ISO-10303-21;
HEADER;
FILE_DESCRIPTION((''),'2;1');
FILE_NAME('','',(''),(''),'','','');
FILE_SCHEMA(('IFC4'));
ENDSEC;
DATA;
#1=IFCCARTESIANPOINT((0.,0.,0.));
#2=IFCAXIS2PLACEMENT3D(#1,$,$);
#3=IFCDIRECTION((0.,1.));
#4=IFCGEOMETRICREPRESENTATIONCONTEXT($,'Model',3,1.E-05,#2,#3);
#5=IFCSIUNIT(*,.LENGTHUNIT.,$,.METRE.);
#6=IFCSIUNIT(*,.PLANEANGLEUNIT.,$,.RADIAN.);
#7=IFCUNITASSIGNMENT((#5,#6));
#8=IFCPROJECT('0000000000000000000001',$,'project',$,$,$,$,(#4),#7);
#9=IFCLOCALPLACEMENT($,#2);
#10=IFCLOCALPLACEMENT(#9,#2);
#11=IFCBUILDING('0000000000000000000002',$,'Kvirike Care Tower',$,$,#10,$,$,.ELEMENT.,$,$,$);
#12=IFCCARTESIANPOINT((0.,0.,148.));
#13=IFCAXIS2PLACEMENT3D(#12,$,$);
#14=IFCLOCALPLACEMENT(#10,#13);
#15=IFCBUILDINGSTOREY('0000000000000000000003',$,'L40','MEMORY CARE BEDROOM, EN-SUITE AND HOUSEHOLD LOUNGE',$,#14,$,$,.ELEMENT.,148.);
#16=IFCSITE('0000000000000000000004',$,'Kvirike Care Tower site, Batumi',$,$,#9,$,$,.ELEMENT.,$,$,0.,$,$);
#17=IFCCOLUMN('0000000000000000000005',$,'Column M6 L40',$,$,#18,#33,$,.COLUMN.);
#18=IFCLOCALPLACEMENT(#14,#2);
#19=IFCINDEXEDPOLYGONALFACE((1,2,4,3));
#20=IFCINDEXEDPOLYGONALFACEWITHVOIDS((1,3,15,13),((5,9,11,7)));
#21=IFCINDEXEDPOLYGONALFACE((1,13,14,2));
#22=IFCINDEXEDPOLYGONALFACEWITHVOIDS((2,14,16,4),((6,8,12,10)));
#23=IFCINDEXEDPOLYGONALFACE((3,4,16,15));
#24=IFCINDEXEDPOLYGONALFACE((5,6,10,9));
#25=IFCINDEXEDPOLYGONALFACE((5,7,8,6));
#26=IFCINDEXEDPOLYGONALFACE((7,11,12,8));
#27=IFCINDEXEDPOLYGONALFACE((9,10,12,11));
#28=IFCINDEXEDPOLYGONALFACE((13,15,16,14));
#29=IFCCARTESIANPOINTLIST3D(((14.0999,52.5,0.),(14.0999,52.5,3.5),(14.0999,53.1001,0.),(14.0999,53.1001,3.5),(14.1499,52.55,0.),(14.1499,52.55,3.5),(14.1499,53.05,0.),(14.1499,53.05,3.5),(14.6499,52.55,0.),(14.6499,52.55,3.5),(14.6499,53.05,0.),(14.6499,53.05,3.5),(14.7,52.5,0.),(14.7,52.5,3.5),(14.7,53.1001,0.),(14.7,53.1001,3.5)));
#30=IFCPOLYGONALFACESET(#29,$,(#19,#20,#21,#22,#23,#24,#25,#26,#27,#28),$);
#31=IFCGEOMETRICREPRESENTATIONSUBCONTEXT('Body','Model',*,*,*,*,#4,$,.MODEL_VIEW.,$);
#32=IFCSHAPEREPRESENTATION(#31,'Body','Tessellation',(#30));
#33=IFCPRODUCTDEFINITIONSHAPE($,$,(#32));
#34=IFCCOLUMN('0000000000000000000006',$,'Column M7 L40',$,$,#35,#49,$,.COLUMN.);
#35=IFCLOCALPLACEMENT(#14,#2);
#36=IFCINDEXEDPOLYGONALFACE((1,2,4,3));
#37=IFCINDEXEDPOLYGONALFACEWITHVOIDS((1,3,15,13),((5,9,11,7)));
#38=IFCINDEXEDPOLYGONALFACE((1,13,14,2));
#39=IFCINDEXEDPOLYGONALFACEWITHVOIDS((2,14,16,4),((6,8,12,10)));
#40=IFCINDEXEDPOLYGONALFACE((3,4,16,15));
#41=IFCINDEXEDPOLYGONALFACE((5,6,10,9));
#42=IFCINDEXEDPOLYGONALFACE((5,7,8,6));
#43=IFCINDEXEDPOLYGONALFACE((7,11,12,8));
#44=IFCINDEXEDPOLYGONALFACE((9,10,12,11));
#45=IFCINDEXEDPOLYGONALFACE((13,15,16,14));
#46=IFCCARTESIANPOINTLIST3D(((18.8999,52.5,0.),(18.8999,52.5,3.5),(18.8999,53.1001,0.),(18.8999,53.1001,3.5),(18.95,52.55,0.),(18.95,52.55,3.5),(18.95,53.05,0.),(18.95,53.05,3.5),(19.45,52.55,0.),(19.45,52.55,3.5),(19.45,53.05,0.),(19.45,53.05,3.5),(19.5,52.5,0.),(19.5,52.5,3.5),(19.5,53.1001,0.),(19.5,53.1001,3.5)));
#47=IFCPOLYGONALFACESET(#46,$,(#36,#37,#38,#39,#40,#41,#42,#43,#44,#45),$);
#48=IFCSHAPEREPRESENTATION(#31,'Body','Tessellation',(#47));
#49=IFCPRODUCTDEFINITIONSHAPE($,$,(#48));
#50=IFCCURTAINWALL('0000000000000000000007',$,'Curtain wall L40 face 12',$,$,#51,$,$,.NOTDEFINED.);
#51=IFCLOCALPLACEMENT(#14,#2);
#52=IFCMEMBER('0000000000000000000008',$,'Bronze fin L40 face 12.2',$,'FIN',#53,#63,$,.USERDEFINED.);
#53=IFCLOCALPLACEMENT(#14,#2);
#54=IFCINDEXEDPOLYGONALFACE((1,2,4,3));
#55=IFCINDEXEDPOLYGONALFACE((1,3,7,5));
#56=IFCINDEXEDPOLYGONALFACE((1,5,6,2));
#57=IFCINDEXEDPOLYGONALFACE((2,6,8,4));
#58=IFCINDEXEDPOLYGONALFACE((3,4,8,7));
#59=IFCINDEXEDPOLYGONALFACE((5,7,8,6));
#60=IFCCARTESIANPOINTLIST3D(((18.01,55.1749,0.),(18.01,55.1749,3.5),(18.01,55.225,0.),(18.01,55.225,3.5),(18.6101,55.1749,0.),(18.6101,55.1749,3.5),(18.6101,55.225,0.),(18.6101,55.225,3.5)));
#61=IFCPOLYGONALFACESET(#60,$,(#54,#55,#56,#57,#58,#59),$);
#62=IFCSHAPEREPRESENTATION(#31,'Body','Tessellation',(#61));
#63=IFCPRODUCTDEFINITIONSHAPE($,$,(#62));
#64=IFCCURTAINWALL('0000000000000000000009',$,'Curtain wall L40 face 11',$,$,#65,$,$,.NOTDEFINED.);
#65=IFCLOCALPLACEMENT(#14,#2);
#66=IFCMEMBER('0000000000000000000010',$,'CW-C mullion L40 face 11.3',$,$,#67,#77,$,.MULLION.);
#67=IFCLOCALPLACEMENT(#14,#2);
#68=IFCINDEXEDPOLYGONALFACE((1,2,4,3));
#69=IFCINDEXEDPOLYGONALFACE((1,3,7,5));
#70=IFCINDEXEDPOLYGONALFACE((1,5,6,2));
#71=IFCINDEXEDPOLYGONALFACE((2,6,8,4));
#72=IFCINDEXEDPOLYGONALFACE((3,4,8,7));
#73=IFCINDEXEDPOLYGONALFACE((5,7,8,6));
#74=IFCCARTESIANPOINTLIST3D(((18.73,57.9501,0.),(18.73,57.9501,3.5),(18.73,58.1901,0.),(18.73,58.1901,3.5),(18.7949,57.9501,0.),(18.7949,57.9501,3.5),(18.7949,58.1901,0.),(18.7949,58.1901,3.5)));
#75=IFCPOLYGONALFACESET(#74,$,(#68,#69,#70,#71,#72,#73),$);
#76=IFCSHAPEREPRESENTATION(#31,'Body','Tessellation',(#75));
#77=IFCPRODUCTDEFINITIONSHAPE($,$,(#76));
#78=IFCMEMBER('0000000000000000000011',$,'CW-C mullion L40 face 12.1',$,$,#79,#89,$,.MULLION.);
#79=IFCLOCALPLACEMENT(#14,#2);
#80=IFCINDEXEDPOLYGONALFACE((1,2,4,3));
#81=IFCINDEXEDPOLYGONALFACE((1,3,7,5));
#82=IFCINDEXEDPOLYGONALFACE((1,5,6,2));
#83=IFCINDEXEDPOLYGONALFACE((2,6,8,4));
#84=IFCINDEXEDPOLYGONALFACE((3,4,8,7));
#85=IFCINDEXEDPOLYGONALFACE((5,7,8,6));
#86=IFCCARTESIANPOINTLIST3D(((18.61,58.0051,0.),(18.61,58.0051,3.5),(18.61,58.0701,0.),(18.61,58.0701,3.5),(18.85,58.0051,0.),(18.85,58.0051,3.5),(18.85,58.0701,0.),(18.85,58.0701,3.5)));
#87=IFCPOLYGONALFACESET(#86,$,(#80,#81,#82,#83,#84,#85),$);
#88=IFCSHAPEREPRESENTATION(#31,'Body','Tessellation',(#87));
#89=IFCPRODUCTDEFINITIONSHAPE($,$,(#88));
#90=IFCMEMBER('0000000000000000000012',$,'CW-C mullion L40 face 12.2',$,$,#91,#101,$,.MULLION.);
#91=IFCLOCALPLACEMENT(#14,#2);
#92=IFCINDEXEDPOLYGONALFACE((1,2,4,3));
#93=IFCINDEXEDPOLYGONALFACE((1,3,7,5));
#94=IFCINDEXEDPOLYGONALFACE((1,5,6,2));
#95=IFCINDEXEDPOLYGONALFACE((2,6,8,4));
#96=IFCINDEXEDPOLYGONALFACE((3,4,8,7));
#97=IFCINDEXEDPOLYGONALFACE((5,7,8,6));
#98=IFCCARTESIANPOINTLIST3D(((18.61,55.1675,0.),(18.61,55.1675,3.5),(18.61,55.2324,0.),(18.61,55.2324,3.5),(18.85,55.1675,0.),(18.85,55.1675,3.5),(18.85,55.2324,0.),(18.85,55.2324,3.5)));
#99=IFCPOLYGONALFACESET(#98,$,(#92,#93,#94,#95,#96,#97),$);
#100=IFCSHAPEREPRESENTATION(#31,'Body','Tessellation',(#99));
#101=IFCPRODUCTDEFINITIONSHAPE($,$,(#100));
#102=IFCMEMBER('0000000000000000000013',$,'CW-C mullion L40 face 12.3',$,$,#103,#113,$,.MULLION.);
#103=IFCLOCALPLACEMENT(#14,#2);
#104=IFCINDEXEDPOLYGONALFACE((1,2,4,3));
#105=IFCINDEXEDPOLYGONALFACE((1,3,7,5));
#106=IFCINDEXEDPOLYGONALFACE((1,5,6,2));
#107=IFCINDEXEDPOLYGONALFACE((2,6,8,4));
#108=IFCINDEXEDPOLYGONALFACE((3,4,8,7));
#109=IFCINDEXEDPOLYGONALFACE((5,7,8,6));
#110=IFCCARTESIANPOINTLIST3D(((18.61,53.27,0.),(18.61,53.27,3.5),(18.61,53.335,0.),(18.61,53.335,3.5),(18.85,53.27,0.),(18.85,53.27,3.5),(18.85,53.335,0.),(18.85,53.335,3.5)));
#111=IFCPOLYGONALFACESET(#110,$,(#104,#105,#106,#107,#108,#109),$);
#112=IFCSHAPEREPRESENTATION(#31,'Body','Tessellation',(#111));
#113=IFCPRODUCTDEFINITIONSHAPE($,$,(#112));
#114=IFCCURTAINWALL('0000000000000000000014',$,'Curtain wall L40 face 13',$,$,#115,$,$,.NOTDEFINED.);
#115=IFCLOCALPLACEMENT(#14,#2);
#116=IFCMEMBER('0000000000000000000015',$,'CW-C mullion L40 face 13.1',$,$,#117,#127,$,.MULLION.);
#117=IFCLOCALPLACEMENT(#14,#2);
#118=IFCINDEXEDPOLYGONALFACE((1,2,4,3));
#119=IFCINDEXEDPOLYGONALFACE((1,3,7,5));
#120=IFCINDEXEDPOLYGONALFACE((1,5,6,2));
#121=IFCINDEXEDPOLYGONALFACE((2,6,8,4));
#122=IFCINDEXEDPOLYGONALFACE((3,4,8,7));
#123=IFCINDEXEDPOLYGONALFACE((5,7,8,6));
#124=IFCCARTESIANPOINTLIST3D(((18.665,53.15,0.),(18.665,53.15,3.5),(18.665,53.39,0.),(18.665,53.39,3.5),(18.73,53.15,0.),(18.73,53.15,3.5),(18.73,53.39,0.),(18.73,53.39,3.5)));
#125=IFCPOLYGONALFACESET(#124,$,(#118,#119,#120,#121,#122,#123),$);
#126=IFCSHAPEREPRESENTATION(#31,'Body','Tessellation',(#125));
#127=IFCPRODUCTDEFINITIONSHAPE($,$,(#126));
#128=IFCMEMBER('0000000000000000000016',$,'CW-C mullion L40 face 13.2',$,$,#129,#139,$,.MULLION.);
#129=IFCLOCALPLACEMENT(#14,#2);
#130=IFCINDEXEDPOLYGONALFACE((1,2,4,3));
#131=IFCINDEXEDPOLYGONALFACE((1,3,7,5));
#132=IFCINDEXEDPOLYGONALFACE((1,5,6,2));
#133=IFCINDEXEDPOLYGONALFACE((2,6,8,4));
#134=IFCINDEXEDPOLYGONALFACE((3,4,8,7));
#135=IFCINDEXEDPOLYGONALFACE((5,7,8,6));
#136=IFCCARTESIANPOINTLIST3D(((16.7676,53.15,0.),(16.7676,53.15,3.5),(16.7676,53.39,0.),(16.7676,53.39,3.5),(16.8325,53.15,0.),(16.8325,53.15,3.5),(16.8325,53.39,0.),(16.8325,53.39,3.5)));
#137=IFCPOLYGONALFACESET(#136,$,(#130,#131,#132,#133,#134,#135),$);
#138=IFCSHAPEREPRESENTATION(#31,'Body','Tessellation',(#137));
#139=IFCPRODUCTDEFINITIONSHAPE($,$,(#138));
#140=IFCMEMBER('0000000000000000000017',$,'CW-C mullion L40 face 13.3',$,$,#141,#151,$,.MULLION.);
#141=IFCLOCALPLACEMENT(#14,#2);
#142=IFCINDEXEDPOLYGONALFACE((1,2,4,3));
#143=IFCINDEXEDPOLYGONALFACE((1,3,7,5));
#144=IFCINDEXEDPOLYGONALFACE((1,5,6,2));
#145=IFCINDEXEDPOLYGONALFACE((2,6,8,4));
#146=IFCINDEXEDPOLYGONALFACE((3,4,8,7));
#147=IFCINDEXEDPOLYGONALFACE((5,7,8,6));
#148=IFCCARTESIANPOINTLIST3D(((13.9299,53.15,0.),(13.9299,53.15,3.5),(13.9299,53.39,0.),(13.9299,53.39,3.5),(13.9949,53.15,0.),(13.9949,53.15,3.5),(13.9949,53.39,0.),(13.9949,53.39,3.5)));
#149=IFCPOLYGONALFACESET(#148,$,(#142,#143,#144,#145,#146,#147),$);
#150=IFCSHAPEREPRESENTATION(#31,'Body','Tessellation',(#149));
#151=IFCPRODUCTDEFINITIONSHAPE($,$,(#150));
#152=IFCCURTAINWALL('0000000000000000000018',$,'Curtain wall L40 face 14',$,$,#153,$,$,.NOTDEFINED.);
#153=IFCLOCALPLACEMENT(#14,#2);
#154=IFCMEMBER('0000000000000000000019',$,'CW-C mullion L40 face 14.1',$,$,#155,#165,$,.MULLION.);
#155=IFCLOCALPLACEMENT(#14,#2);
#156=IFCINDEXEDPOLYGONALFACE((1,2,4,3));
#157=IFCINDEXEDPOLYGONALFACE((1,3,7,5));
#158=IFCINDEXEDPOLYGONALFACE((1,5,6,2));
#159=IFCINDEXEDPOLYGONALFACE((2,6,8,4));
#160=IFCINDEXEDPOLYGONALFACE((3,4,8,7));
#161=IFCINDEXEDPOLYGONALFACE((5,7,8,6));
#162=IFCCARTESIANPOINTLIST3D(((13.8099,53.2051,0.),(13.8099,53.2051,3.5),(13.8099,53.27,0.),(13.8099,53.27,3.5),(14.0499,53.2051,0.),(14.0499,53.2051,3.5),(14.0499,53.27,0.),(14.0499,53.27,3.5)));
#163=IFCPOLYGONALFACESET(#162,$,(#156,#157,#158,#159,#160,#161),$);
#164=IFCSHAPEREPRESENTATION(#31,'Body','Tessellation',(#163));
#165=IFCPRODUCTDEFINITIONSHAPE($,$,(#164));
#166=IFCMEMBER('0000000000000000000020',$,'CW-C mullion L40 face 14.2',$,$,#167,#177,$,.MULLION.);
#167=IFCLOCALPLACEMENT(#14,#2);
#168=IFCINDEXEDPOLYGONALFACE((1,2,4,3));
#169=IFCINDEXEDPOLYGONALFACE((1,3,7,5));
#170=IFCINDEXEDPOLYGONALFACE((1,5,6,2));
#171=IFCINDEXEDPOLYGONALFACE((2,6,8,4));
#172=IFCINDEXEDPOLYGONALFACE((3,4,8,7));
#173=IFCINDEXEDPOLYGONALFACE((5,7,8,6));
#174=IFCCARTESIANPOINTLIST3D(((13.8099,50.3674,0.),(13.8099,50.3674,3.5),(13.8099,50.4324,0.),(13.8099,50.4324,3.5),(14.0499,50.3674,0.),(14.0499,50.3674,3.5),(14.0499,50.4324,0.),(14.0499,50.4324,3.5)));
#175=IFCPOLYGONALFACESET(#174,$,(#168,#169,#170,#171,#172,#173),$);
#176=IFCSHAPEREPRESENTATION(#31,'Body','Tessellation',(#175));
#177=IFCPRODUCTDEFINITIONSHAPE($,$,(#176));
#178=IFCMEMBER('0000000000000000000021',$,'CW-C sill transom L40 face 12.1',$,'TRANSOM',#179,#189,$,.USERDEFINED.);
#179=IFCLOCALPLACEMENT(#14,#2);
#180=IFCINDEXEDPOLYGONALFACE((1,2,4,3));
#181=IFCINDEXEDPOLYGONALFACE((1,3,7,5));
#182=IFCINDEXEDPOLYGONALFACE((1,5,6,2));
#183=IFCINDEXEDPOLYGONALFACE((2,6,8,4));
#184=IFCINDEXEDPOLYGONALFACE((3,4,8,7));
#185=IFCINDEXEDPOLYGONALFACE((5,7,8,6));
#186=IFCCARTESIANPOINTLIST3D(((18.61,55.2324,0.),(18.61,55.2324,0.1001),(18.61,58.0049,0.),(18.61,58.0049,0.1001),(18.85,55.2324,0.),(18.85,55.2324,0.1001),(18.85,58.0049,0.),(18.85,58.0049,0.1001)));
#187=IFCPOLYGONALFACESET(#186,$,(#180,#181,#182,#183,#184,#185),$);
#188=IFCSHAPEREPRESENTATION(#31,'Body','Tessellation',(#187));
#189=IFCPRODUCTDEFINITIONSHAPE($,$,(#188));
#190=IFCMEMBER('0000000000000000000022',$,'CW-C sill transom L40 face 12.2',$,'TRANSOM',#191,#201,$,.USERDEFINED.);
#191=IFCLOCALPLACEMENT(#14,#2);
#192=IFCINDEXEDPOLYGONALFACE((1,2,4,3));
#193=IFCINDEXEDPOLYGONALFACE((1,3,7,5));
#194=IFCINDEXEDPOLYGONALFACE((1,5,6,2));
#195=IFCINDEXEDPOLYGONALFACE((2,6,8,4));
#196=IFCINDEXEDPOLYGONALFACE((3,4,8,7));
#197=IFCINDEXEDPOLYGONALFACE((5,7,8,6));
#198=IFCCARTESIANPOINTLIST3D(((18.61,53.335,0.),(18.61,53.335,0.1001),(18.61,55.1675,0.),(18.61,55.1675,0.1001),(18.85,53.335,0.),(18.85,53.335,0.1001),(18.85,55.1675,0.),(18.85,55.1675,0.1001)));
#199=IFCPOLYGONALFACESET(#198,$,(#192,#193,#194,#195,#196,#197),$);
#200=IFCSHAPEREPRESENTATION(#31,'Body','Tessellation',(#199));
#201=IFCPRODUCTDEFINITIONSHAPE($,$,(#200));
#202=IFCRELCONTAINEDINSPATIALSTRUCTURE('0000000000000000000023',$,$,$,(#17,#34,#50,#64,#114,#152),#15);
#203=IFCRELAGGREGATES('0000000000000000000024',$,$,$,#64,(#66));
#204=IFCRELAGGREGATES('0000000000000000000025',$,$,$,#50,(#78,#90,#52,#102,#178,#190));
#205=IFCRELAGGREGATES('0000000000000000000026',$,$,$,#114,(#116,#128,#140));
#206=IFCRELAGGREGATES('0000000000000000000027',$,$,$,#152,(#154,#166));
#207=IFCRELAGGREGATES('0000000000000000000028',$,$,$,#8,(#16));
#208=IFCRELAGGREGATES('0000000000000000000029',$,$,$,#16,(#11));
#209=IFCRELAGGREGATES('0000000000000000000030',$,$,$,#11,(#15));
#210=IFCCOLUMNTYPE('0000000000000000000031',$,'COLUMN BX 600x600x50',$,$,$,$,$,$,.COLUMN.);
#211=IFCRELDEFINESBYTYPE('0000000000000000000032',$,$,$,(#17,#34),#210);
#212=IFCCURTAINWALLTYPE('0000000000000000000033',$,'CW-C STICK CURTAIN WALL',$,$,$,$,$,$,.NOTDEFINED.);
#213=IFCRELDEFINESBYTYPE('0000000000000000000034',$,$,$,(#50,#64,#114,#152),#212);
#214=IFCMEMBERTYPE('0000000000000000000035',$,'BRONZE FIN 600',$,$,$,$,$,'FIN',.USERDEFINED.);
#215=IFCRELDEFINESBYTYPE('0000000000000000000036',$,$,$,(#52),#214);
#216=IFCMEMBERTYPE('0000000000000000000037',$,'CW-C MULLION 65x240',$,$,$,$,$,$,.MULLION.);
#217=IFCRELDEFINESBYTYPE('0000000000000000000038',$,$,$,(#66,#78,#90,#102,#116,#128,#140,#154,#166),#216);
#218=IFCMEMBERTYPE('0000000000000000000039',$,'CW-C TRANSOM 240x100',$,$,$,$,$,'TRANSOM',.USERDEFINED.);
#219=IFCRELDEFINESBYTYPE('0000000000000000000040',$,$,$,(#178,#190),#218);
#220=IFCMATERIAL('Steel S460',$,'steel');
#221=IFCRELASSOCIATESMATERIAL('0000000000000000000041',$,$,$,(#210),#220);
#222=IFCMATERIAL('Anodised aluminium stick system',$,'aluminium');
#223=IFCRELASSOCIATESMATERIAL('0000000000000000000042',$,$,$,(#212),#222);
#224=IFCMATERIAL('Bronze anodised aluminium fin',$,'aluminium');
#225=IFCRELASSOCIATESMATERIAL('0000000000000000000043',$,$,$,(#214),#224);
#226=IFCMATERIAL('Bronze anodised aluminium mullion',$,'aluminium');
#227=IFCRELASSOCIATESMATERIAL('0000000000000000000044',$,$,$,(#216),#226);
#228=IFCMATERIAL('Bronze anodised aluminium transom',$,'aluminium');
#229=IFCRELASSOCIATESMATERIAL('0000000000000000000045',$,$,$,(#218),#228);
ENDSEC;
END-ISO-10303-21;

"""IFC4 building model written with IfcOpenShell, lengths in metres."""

from ifc_helpers import new_model, si_unit, direction, frame, origin, origin_2d, place, context, subcontext, project, spatial, rectangle, hollow_rectangle, extrude, material, material_profile, profile_set, type_object, element, aggregate, save


model = new_model("IFC4")

# Units and contexts
model_context = context("Model", 3, precision=1e-05, world=origin(), true_north=direction((0.0, 1.0)))
body_context = subcontext(model_context, "Body", "Model", "MODEL_VIEW")
ifc_project = project(units=[si_unit("LENGTHUNIT", "METRE"), si_unit("PLANEANGLEUNIT", "RADIAN")], contexts=[model_context])

# Site, building, storey
site_placement = place(None, origin())
site = spatial("IfcSite", under=ifc_project, at=site_placement, Name="Kvirike Care Tower site, Batumi", CompositionType="ELEMENT", RefElevation=0.0)
building_placement = place(site_placement, origin())
building = spatial("IfcBuilding", under=site, at=building_placement, Name="Kvirike Care Tower", CompositionType="ELEMENT")
storey_placement = place(building_placement, frame((0.0, 0.0, 148.0)))
storey = spatial("IfcBuildingStorey", under=building, at=storey_placement, Name="L40", Description="MEMORY CARE BEDROOM, EN-SUITE AND HOUSEHOLD LOUNGE", CompositionType="ELEMENT", Elevation=148.0)

# Columns
ifc_material_1 = material(Name="Steel S460", Category="steel")
ifc_material_profile_1 = material_profile(ifc_material_1, hollow_rectangle(XDim=0.6001, YDim=0.6001, WallThickness=0.05, at=origin_2d()), Name="BX 600x600x50")
ifc_profile_set_1 = profile_set([ifc_material_profile_1], Name="Steel S460")
column_type = type_object("IfcColumnType", Name="COLUMN BX 600x600x50", PredefinedType="COLUMN", material=ifc_profile_set_1)
for number, where, z_axis, x_axis, name in (
    (1, (14.3999, 52.8, 0.0), (0.0, 0.0, 1.0), (0.0, 1.0, 0.0), "Column M6 L40"),
    (2, (19.2, 52.8, 0.0), (0.0, 0.0, 1.0), (0.0, 1.0, 0.0), "Column M7 L40"),
):
    element("IfcColumn", number, at=place(storey_placement, frame(where, z_axis=z_axis, x_axis=x_axis)), inside=storey, type_object=column_type, Name=name, PredefinedType="COLUMN", context=body_context, shape_type="SweptSolid", body=[
        extrude(hollow_rectangle(XDim=0.6001, YDim=0.6001, WallThickness=0.05, at=origin_2d()), origin(), (0.0, 0.0, 1.0), 3.5),
    ])

# Curtain walls, members
ifc_material_2 = material(Name="Anodised aluminium stick system", Category="aluminium")
curtain_wall_type = type_object("IfcCurtainWallType", Name="CW-C STICK CURTAIN WALL", PredefinedType="NOTDEFINED", material=ifc_material_2)
curtain_wall_1_placement = place(storey_placement, origin())
curtain_wall_1 = element("IfcCurtainWall", 3, at=curtain_wall_1_placement, inside=storey, type_object=curtain_wall_type, Name="Curtain wall L40 face 12", PredefinedType="NOTDEFINED")
ifc_material_3 = material(Name="Bronze anodised aluminium fin", Category="aluminium")
ifc_material_profile_2 = material_profile(ifc_material_3, rectangle(XDim=0.05, YDim=0.6001, at=origin_2d()), Name="BRONZE FIN 600")
ifc_profile_set_2 = profile_set([ifc_material_profile_2], Name="Bronze anodised aluminium fin")
member_type_1 = type_object("IfcMemberType", Name="BRONZE FIN 600", ElementType="FIN", PredefinedType="USERDEFINED", material=ifc_profile_set_2)
member_1_placement = place(storey_placement, frame((18.3101, 55.2, 0.0), z_axis=(0.0, 0.0, 1.0), x_axis=(0.0, -1.0, 0.0)))
member_1 = element("IfcMember", 4, at=member_1_placement, type_object=member_type_1, Name="Bronze fin L40 face 12.2", ObjectType="FIN", PredefinedType="USERDEFINED", context=body_context, shape_type="SweptSolid", body=[
    extrude(rectangle(XDim=0.05, YDim=0.6001, at=origin_2d()), origin(), (0.0, 0.0, 1.0), 3.5),
])
curtain_wall_2_placement = place(storey_placement, origin())
curtain_wall_2 = element("IfcCurtainWall", 5, at=curtain_wall_2_placement, inside=storey, type_object=curtain_wall_type, Name="Curtain wall L40 face 11", PredefinedType="NOTDEFINED")
ifc_material_4 = material(Name="Bronze anodised aluminium mullion", Category="aluminium")
ifc_material_profile_3 = material_profile(ifc_material_4, rectangle(XDim=0.0649, YDim=0.24, at=origin_2d()), Name="CW-C MULLION 65x240")
ifc_profile_set_3 = profile_set([ifc_material_profile_3], Name="Bronze anodised aluminium mullion")
member_type_2 = type_object("IfcMemberType", Name="CW-C MULLION 65x240", PredefinedType="MULLION", material=ifc_profile_set_3)
member_2_placement = place(storey_placement, frame((18.7625, 58.0701, 0.0), z_axis=(0.0, 0.0, 1.0), x_axis=(-1.0, 0.0, 0.0)))
member_2 = element("IfcMember", 6, at=member_2_placement, type_object=member_type_2, Name="CW-C mullion L40 face 11.3", PredefinedType="MULLION", context=body_context, shape_type="SweptSolid", body=[
    extrude(rectangle(XDim=0.0649, YDim=0.24, at=origin_2d()), origin(), (0.0, 0.0, 1.0), 3.5),
])
aggregate(curtain_wall_2, [member_2])

# Members
member_3_placement = place(storey_placement, frame((18.73, 58.0376, 0.0), z_axis=(0.0, 0.0, 1.0), x_axis=(0.0, -1.0, 0.0)))
member_3 = element("IfcMember", 7, at=member_3_placement, type_object=member_type_2, Name="CW-C mullion L40 face 12.1", PredefinedType="MULLION", context=body_context, shape_type="SweptSolid", body=[
    extrude(rectangle(XDim=0.0649, YDim=0.24, at=origin_2d()), origin(), (0.0, 0.0, 1.0), 3.5),
])
member_4_placement = place(storey_placement, frame((18.73, 55.2, 0.0), z_axis=(0.0, 0.0, 1.0), x_axis=(0.0, -1.0, 0.0)))
member_4 = element("IfcMember", 8, at=member_4_placement, type_object=member_type_2, Name="CW-C mullion L40 face 12.2", PredefinedType="MULLION", context=body_context, shape_type="SweptSolid", body=[
    extrude(rectangle(XDim=0.0649, YDim=0.24, at=origin_2d()), origin(), (0.0, 0.0, 1.0), 3.5),
])
member_5_placement = place(storey_placement, frame((18.73, 53.3025, 0.0), z_axis=(0.0, 0.0, 1.0), x_axis=(0.0, -1.0, 0.0)))
member_5 = element("IfcMember", 9, at=member_5_placement, type_object=member_type_2, Name="CW-C mullion L40 face 12.3", PredefinedType="MULLION", context=body_context, shape_type="SweptSolid", body=[
    extrude(rectangle(XDim=0.0649, YDim=0.24, at=origin_2d()), origin(), (0.0, 0.0, 1.0), 3.5),
])

# Curtain walls, members
curtain_wall_3_placement = place(storey_placement, origin())
curtain_wall_3 = element("IfcCurtainWall", 10, at=curtain_wall_3_placement, inside=storey, type_object=curtain_wall_type, Name="Curtain wall L40 face 13", PredefinedType="NOTDEFINED")
member_6_placement = place(storey_placement, frame((18.6975, 53.27, 0.0), z_axis=(0.0, 0.0, 1.0), x_axis=(-1.0, 0.0, 0.0)))
member_6 = element("IfcMember", 11, at=member_6_placement, type_object=member_type_2, Name="CW-C mullion L40 face 13.1", PredefinedType="MULLION", context=body_context, shape_type="SweptSolid", body=[
    extrude(rectangle(XDim=0.0649, YDim=0.24, at=origin_2d()), origin(), (0.0, 0.0, 1.0), 3.5),
])
member_7_placement = place(storey_placement, frame((16.8, 53.27, 0.0), z_axis=(0.0, 0.0, 1.0), x_axis=(-1.0, 0.0, 0.0)))
member_7 = element("IfcMember", 12, at=member_7_placement, type_object=member_type_2, Name="CW-C mullion L40 face 13.2", PredefinedType="MULLION", context=body_context, shape_type="SweptSolid", body=[
    extrude(rectangle(XDim=0.0649, YDim=0.24, at=origin_2d()), origin(), (0.0, 0.0, 1.0), 3.5),
])
member_8_placement = place(storey_placement, frame((13.9624, 53.27, 0.0), z_axis=(0.0, 0.0, 1.0), x_axis=(-1.0, 0.0, 0.0)))
member_8 = element("IfcMember", 13, at=member_8_placement, type_object=member_type_2, Name="CW-C mullion L40 face 13.3", PredefinedType="MULLION", context=body_context, shape_type="SweptSolid", body=[
    extrude(rectangle(XDim=0.0649, YDim=0.24, at=origin_2d()), origin(), (0.0, 0.0, 1.0), 3.5),
])
curtain_wall_4_placement = place(storey_placement, origin())
curtain_wall_4 = element("IfcCurtainWall", 14, at=curtain_wall_4_placement, inside=storey, type_object=curtain_wall_type, Name="Curtain wall L40 face 14", PredefinedType="NOTDEFINED")
member_9_placement = place(storey_placement, frame((13.9299, 53.2375, 0.0), z_axis=(0.0, 0.0, 1.0), x_axis=(0.0, -1.0, 0.0)))
member_9 = element("IfcMember", 15, at=member_9_placement, type_object=member_type_2, Name="CW-C mullion L40 face 14.1", PredefinedType="MULLION", context=body_context, shape_type="SweptSolid", body=[
    extrude(rectangle(XDim=0.0649, YDim=0.24, at=origin_2d()), origin(), (0.0, 0.0, 1.0), 3.5),
])
member_10_placement = place(storey_placement, frame((13.9299, 50.3999, 0.0), z_axis=(0.0, 0.0, 1.0), x_axis=(0.0, -1.0, 0.0)))
member_10 = element("IfcMember", 16, at=member_10_placement, type_object=member_type_2, Name="CW-C mullion L40 face 14.2", PredefinedType="MULLION", context=body_context, shape_type="SweptSolid", body=[
    extrude(rectangle(XDim=0.0649, YDim=0.24, at=origin_2d()), origin(), (0.0, 0.0, 1.0), 3.5),
])

# Members
ifc_material_5 = material(Name="Bronze anodised aluminium transom", Category="aluminium")
ifc_material_profile_4 = material_profile(ifc_material_5, rectangle(XDim=0.24, YDim=0.1001, at=origin_2d()), Name="CW-C TRANSOM 240x100")
ifc_profile_set_4 = profile_set([ifc_material_profile_4], Name="Bronze anodised aluminium transom")
member_type_3 = type_object("IfcMemberType", Name="CW-C TRANSOM 240x100", ElementType="TRANSOM", PredefinedType="USERDEFINED", material=ifc_profile_set_4)
member_11_placement = place(storey_placement, frame((18.73, 58.0049, 0.05), z_axis=(0.0, -1.0, 0.0), x_axis=(1.0, 0.0, 0.0)))
member_11 = element("IfcMember", 17, at=member_11_placement, type_object=member_type_3, Name="CW-C sill transom L40 face 12.1", ObjectType="TRANSOM", PredefinedType="USERDEFINED", context=body_context, shape_type="SweptSolid", body=[
    extrude(rectangle(XDim=0.24, YDim=0.1001, at=origin_2d()), origin(), (0.0, 0.0, 1.0), 2.7725),
])
member_12_placement = place(storey_placement, frame((18.73, 55.1675, 0.05), z_axis=(0.0, -1.0, 0.0), x_axis=(1.0, 0.0, 0.0)))
member_12 = element("IfcMember", 18, at=member_12_placement, type_object=member_type_3, Name="CW-C sill transom L40 face 12.2", ObjectType="TRANSOM", PredefinedType="USERDEFINED", context=body_context, shape_type="SweptSolid", body=[
    extrude(rectangle(XDim=0.24, YDim=0.1001, at=origin_2d()), origin(), (0.0, 0.0, 1.0), 1.8325),
])

aggregate(curtain_wall_1, [member_3, member_4, member_1, member_5, member_11, member_12])
aggregate(curtain_wall_3, [member_6, member_7, member_8])
aggregate(curtain_wall_4, [member_9, member_10])

save(model, "model.ifc")
